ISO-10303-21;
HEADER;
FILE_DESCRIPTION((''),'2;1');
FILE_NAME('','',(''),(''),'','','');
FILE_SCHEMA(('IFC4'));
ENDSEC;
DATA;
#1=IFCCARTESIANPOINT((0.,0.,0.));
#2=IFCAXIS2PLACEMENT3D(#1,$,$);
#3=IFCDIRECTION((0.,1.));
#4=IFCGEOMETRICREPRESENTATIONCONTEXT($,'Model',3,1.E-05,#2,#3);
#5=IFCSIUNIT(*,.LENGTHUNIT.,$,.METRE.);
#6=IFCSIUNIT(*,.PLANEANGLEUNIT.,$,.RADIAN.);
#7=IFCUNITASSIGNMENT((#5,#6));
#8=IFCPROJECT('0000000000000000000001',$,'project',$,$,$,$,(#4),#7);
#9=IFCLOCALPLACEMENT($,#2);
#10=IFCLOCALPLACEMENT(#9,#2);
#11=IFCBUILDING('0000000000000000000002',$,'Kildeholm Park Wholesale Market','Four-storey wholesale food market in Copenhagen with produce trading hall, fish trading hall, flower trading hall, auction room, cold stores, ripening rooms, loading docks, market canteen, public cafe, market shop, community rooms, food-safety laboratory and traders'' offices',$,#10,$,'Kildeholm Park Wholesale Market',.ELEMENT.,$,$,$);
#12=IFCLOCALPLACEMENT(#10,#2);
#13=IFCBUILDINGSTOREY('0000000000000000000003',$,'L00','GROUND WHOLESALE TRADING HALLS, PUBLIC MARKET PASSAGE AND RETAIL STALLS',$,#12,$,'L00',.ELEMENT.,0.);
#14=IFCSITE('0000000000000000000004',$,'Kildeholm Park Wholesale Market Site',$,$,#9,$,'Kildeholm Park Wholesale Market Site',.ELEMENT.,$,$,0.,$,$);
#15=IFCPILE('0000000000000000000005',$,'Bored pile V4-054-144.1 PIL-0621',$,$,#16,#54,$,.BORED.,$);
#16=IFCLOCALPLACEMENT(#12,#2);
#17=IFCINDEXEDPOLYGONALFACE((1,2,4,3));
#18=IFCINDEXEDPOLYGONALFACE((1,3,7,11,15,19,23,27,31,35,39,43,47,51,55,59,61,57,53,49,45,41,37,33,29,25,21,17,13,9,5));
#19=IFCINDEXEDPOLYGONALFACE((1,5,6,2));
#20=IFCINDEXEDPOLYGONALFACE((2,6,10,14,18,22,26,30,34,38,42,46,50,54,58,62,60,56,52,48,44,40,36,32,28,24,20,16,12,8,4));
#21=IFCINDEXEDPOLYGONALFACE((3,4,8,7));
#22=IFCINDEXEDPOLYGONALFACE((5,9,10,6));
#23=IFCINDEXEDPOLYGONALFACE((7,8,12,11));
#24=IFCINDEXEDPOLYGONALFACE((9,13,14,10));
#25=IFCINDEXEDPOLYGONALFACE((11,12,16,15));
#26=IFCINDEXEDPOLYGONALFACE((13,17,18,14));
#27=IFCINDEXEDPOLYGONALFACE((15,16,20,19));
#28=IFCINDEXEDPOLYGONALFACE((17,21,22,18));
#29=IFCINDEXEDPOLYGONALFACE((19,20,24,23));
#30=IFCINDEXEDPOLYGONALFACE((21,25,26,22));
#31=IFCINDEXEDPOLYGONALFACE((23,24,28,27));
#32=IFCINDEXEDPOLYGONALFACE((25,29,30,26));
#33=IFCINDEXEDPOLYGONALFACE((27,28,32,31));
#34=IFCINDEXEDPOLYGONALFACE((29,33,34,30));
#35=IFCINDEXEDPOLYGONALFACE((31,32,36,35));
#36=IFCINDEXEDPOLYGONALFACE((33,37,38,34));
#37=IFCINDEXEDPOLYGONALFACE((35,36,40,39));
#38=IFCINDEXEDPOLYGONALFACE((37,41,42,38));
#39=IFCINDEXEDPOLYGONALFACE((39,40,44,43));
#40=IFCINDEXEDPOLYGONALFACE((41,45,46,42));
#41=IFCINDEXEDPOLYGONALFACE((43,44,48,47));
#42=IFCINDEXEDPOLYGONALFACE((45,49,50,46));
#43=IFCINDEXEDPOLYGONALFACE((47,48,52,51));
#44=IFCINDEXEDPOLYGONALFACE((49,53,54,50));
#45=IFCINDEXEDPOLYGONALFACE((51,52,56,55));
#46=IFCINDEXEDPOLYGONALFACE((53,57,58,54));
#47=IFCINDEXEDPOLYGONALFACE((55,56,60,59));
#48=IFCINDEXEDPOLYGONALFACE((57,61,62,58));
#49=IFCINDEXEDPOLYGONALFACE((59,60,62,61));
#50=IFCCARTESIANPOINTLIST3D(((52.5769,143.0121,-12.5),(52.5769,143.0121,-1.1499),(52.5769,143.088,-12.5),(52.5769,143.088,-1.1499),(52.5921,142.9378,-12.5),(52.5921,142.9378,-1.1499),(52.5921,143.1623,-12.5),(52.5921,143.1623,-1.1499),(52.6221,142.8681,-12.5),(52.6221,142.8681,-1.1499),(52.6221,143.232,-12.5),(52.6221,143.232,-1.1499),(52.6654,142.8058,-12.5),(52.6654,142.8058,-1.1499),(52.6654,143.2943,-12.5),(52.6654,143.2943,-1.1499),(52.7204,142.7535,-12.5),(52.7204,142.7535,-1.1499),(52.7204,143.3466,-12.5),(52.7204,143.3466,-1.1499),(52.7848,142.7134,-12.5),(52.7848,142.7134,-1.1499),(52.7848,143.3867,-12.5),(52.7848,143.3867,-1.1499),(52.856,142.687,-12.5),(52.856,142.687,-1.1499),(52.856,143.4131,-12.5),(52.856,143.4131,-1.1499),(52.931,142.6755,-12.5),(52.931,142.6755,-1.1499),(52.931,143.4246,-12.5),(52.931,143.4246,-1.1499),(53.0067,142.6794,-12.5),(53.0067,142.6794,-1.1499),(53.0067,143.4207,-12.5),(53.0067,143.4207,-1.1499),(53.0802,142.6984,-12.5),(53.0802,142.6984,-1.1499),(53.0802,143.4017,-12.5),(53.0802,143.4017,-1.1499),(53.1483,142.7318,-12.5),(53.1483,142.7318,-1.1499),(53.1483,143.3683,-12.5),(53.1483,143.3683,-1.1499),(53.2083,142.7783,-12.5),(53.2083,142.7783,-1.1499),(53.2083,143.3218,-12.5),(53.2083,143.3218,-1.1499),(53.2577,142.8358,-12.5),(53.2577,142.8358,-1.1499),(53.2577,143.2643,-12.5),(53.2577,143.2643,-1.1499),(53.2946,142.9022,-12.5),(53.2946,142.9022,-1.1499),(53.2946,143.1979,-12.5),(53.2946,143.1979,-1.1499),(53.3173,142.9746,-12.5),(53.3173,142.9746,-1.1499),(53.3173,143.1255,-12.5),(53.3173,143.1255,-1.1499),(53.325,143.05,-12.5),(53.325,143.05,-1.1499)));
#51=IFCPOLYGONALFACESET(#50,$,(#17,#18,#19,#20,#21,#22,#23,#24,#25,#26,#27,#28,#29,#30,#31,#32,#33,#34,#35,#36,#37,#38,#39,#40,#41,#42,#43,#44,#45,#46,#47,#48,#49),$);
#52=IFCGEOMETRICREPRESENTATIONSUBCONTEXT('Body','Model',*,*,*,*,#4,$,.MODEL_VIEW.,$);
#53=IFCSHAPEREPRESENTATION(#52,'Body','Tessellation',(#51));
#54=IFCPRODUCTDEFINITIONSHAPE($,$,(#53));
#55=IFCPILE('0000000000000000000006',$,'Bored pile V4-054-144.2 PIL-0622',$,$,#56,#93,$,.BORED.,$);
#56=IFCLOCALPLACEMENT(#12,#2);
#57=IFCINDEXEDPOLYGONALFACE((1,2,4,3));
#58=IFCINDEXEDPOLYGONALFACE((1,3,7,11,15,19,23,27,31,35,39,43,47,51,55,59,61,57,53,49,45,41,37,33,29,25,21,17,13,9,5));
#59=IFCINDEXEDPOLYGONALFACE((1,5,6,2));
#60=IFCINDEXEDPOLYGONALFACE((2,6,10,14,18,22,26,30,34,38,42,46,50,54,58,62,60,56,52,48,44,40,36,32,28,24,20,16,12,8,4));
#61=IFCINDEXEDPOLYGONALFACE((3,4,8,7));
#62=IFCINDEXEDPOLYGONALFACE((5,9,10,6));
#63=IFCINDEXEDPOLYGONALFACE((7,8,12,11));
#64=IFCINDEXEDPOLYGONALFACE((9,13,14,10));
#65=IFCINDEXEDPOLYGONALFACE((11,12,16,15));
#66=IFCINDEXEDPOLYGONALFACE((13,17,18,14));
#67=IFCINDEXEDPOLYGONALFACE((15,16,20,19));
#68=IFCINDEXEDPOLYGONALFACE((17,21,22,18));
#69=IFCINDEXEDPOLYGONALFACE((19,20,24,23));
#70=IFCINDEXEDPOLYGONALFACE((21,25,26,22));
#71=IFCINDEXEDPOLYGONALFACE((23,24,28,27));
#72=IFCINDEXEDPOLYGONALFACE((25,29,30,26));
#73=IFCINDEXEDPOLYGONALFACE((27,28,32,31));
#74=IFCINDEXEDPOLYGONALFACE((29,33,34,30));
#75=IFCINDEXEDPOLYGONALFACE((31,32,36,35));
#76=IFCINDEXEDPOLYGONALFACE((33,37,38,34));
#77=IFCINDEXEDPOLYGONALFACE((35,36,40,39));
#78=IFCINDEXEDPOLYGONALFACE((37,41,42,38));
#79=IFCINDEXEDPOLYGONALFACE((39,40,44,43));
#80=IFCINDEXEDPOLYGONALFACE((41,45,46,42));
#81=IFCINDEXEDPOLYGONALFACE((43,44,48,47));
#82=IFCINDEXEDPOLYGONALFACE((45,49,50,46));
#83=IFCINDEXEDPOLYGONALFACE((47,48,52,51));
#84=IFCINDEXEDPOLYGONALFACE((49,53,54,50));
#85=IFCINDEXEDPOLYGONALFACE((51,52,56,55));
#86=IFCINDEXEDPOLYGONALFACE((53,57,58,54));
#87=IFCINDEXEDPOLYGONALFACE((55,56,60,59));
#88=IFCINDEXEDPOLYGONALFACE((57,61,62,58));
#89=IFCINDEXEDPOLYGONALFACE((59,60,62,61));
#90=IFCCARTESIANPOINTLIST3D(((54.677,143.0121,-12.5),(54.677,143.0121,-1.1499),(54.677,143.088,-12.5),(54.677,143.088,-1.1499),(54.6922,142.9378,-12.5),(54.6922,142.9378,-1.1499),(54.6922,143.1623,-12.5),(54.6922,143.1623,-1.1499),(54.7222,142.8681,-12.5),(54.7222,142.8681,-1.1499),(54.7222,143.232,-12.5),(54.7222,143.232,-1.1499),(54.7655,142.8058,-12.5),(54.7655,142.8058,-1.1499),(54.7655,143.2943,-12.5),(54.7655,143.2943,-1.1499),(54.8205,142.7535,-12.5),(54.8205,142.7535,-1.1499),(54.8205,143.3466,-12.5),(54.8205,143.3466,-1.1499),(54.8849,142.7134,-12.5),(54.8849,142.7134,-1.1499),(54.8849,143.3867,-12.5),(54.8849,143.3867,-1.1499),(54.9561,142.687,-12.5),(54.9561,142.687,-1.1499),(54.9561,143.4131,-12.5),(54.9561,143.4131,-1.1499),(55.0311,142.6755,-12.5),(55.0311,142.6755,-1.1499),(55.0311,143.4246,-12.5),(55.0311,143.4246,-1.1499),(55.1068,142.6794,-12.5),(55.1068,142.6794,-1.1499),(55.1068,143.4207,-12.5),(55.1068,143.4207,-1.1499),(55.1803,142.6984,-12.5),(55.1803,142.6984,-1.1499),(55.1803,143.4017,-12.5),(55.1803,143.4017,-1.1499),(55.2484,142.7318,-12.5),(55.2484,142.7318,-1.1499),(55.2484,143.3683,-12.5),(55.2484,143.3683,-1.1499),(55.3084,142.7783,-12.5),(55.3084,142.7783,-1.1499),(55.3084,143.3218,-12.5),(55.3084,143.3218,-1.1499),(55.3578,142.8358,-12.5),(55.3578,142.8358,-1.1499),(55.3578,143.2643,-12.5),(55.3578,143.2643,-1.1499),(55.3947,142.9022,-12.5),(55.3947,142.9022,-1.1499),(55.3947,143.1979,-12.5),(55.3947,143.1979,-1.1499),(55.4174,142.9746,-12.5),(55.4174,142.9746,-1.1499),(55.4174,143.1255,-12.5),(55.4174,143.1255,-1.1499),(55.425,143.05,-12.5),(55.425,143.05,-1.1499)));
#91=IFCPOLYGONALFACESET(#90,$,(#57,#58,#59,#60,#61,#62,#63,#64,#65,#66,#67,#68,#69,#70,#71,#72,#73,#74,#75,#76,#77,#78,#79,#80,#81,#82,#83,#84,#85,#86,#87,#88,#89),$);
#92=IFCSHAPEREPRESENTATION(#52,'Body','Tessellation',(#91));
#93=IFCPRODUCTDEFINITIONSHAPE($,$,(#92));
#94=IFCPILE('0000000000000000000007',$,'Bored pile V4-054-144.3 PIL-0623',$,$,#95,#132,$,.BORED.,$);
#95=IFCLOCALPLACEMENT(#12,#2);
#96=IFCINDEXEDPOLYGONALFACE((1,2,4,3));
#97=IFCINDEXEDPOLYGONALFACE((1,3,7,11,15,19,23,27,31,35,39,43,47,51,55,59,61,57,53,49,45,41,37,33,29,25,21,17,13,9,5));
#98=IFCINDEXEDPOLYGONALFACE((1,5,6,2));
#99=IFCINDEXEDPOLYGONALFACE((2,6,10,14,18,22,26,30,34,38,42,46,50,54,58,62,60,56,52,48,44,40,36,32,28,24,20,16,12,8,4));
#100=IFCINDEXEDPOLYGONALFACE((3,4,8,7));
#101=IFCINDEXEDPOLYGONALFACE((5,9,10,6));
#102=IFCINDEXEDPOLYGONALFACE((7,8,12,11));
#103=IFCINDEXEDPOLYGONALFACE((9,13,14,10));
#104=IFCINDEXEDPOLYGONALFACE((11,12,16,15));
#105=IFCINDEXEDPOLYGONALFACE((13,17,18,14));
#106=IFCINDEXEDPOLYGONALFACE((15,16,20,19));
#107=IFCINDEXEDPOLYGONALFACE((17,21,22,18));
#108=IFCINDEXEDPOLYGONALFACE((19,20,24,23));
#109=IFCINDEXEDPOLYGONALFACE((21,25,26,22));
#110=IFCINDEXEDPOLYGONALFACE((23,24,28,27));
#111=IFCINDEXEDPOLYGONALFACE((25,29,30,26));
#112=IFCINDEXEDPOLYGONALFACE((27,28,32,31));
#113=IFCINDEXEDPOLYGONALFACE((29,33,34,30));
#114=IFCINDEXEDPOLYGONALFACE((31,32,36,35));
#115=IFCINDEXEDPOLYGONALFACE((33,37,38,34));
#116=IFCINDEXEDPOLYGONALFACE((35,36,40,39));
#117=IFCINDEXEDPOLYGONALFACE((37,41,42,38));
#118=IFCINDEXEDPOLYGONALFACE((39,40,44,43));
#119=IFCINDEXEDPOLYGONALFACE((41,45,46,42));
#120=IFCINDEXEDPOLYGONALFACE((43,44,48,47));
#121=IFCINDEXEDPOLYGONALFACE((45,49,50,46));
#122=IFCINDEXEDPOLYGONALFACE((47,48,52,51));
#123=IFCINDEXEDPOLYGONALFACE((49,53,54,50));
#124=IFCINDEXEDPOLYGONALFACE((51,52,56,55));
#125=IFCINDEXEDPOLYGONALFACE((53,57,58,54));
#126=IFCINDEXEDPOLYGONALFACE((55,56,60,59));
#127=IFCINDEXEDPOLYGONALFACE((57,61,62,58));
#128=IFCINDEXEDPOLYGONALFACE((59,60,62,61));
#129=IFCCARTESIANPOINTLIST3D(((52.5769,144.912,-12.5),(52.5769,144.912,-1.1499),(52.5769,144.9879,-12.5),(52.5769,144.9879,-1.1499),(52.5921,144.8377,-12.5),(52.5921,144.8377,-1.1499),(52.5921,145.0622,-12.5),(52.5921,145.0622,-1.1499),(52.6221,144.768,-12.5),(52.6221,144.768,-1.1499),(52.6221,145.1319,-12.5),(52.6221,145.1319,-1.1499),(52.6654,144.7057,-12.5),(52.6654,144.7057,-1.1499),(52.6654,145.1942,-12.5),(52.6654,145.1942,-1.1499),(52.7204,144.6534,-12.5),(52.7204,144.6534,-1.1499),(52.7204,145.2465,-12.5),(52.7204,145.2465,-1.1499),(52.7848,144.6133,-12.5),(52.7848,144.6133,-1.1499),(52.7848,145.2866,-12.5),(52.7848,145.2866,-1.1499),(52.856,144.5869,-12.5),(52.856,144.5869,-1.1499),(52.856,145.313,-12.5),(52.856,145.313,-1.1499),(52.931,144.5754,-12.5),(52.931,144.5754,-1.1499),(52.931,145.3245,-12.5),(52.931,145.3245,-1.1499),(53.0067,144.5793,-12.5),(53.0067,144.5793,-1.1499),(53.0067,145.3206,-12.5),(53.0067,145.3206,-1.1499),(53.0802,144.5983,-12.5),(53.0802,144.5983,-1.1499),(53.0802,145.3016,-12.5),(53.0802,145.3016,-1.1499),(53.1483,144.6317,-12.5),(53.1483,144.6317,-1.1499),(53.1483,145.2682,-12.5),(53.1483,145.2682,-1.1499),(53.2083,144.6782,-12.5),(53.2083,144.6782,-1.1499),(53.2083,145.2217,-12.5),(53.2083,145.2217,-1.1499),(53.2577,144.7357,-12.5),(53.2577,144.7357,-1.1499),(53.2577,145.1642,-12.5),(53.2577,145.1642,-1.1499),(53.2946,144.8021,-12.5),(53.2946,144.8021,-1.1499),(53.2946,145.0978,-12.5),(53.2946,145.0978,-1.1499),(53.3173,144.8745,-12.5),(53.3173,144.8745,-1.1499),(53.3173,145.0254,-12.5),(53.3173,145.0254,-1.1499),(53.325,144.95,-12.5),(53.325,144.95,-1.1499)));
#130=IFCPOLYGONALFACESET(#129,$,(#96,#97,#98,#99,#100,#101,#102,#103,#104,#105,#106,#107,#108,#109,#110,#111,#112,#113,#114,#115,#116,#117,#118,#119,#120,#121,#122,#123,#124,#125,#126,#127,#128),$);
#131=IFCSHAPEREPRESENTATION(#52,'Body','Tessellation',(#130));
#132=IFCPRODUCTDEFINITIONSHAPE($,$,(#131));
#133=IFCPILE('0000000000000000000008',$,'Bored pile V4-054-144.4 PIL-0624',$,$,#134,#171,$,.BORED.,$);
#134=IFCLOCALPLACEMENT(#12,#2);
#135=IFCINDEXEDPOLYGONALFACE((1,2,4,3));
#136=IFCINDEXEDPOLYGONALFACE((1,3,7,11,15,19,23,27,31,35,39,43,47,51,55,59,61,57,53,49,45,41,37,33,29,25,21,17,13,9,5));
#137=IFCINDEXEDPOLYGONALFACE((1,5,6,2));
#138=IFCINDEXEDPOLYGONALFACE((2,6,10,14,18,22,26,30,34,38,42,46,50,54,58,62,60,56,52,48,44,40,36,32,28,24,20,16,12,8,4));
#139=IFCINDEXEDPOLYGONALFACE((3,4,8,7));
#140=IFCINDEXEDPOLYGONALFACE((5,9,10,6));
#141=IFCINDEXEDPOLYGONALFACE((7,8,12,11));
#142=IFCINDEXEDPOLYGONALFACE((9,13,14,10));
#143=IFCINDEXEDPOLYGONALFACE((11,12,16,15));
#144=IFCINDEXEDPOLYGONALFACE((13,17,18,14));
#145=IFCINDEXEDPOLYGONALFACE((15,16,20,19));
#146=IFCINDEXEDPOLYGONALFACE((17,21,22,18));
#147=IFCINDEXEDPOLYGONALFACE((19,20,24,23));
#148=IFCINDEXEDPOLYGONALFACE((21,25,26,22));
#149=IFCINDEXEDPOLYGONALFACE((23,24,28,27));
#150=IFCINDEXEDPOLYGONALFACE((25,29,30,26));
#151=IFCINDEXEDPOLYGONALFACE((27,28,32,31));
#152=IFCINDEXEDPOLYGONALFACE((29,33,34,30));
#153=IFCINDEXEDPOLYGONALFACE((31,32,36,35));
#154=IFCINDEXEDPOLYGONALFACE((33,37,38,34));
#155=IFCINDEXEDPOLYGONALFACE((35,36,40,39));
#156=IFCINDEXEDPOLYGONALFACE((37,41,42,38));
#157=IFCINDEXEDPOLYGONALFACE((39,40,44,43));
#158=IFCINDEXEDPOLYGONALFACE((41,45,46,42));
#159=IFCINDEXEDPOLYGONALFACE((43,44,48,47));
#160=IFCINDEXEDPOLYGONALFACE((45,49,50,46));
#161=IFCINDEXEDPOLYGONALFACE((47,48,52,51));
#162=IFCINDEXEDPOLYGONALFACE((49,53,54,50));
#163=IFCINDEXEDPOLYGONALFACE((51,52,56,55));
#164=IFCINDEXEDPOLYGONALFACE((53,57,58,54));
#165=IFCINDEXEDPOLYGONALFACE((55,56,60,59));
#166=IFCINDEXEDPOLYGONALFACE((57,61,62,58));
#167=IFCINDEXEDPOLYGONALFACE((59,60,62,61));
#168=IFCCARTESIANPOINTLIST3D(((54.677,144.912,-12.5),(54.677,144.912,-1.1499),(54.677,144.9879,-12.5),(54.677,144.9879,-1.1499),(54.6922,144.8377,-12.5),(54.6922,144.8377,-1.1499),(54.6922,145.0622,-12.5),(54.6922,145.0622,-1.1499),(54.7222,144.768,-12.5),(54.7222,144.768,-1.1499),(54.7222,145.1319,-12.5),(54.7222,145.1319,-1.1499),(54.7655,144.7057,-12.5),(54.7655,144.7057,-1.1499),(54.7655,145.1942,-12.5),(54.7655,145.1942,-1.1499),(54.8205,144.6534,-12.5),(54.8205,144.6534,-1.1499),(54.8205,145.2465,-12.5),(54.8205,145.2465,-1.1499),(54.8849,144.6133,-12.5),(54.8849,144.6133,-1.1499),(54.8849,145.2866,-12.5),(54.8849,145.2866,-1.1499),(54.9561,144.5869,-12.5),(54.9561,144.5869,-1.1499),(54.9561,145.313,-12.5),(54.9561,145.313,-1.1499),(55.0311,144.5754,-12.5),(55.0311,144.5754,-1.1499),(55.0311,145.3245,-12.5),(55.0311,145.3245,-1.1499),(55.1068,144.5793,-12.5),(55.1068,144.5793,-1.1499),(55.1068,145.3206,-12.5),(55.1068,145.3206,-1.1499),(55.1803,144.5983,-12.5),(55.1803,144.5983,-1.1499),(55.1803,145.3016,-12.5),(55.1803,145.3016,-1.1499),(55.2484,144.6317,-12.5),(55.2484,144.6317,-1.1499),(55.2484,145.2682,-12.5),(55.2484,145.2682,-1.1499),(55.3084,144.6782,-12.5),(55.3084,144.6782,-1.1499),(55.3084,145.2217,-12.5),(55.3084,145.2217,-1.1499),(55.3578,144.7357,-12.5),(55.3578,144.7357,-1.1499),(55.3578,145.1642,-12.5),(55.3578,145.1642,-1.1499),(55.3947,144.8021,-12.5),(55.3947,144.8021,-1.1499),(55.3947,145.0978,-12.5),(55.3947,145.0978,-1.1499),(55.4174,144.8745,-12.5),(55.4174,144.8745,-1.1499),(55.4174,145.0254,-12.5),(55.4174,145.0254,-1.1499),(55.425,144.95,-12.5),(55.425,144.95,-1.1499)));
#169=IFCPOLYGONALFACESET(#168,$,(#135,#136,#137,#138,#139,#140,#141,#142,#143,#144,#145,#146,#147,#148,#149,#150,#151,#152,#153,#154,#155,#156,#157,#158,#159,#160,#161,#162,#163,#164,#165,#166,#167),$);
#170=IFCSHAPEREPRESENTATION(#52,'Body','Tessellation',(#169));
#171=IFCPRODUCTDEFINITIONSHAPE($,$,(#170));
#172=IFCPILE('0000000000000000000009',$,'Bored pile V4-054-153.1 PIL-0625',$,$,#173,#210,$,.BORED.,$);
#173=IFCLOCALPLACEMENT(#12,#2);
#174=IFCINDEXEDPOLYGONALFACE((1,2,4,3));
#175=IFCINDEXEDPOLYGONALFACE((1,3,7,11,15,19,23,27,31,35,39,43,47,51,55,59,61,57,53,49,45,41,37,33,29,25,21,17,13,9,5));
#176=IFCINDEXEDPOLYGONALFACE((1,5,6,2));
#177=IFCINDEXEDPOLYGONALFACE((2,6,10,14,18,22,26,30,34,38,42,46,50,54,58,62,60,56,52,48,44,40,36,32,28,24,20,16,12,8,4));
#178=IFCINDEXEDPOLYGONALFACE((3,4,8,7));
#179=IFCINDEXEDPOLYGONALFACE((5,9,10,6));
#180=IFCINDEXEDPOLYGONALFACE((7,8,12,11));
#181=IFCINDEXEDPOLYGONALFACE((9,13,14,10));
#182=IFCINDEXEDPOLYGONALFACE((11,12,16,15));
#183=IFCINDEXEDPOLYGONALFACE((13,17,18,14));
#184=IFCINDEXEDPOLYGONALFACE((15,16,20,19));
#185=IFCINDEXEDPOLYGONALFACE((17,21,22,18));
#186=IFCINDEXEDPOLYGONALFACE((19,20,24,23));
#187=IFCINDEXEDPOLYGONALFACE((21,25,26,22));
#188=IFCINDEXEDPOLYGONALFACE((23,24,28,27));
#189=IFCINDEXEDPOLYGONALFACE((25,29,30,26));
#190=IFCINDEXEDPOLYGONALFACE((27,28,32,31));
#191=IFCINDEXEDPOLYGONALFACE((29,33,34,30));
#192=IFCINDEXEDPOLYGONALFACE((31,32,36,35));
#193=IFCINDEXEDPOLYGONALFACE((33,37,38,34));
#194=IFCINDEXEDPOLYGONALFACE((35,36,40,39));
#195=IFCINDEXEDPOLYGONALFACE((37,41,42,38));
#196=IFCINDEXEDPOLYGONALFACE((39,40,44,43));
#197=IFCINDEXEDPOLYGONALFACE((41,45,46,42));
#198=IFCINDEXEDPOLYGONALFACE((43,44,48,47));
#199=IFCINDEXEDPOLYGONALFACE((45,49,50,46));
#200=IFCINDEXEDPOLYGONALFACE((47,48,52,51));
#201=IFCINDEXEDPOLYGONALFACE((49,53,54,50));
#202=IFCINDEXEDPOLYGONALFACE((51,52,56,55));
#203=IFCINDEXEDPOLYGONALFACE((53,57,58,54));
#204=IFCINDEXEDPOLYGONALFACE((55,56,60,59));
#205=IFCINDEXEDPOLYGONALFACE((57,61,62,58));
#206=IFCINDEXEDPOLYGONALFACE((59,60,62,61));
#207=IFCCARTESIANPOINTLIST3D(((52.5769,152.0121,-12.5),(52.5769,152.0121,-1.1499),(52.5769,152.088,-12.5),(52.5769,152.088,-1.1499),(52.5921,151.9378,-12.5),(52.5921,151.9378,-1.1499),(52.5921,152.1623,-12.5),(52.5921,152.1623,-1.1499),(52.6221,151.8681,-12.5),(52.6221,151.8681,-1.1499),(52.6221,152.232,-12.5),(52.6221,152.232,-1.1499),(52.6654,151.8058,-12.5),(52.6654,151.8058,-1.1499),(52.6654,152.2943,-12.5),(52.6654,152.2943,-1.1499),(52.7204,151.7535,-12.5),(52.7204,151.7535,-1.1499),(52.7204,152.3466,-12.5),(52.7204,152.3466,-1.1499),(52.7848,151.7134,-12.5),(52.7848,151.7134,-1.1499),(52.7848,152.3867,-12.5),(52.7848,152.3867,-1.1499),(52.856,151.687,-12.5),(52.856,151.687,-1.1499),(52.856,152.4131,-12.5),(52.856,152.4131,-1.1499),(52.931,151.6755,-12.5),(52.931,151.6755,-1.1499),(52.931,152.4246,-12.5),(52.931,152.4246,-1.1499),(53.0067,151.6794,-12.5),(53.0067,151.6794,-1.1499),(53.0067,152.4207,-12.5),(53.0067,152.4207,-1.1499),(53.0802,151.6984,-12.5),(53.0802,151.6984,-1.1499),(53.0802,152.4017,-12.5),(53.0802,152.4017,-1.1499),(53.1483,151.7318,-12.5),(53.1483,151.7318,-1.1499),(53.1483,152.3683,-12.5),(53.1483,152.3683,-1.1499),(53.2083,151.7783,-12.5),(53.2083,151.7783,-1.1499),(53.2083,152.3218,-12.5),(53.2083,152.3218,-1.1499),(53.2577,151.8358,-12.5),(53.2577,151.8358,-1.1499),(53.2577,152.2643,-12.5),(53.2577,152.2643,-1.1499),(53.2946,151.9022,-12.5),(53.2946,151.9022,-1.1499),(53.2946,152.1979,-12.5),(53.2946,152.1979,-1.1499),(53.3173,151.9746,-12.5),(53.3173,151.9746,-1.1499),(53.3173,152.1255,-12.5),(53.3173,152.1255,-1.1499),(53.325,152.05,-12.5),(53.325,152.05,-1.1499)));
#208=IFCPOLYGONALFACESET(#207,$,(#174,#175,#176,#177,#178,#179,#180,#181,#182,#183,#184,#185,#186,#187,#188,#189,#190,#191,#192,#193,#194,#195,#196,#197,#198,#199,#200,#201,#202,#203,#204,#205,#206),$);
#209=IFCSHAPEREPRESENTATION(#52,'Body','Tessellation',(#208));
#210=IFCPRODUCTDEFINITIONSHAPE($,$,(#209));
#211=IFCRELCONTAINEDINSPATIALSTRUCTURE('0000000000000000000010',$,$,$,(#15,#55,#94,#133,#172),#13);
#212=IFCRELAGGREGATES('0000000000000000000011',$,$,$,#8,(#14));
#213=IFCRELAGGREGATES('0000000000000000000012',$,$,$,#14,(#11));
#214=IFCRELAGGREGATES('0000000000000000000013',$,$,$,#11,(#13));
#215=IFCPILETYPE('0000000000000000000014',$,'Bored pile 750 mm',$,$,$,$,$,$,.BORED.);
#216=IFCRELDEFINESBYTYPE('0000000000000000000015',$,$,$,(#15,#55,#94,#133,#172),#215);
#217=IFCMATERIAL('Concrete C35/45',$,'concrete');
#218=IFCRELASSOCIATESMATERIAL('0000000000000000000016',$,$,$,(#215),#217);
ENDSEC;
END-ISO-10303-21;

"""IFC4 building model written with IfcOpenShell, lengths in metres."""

from ifc_helpers import new_model, si_unit, direction, frame, origin, origin_2d, place, context, subcontext, project, spatial, circle, extrude, material, material_profile, profile_set, type_object, element, save


model = new_model("IFC4")

# Units and contexts
model_context = context("Model", 3, precision=1e-05, world=origin(), true_north=direction((0.0, 1.0)))
body_context = subcontext(model_context, "Body", "Model", "MODEL_VIEW")
ifc_project = project(units=[si_unit("LENGTHUNIT", "METRE"), si_unit("PLANEANGLEUNIT", "RADIAN")], contexts=[model_context])

# Site, building, storey
site_placement = place(None, origin())
site = spatial("IfcSite", under=ifc_project, at=site_placement, Name="Kildeholm Park Wholesale Market Site", LongName="Kildeholm Park Wholesale Market Site", CompositionType="ELEMENT", RefElevation=0.0)
building_placement = place(site_placement, origin())
building = spatial("IfcBuilding", under=site, at=building_placement, Name="Kildeholm Park Wholesale Market", Description="Four-storey wholesale food market in Copenhagen with produce trading hall, fish trading hall, flower trading hall, auction room, cold stores, ripening rooms, loading docks, market canteen, public cafe, market shop, community rooms, food-safety laboratory and traders' offices", LongName="Kildeholm Park Wholesale Market", CompositionType="ELEMENT")
storey_placement = place(building_placement, origin())
storey = spatial("IfcBuildingStorey", under=building, at=storey_placement, Name="L00", Description="GROUND WHOLESALE TRADING HALLS, PUBLIC MARKET PASSAGE AND RETAIL STALLS", LongName="L00", CompositionType="ELEMENT", Elevation=0.0)

# Piles
ifc_material_1 = material(Name="Concrete C35/45", Category="concrete")
ifc_material_profile_1 = material_profile(ifc_material_1, circle(Radius=0.375, at=origin_2d()), Name="PILE D750")
ifc_profile_set_1 = profile_set([ifc_material_profile_1], Name="Concrete C35/45")
pile_type_1 = type_object("IfcPileType", Name="Bored pile 750 mm", PredefinedType="BORED", material=ifc_profile_set_1)
for number, where, z_axis, x_axis, name in (
    (1, (52.95, 143.05, -1.1499), (0.0, 0.0, -1.0), (1.0, 0.0, 0.0), "Bored pile V4-054-144.1 PIL-0621"),
    (2, (55.05, 143.05, -1.1499), (0.0, 0.0, -1.0), (1.0, 0.0, 0.0), "Bored pile V4-054-144.2 PIL-0622"),
    (3, (52.95, 144.95, -1.1499), (0.0, 0.0, -1.0), (1.0, 0.0, 0.0), "Bored pile V4-054-144.3 PIL-0623"),
    (4, (55.05, 144.95, -1.1499), (0.0, 0.0, -1.0), (1.0, 0.0, 0.0), "Bored pile V4-054-144.4 PIL-0624"),
    (5, (52.95, 152.05, -1.1499), (0.0, 0.0, -1.0), (1.0, 0.0, 0.0), "Bored pile V4-054-153.1 PIL-0625"),
):
    element("IfcPile", number, at=place(storey_placement, frame(where, z_axis=z_axis, x_axis=x_axis)), inside=storey, type_object=pile_type_1, Name=name, PredefinedType="BORED", context=body_context, shape_type="SweptSolid", body=[
        extrude(circle(Radius=0.375, at=origin_2d()), origin(), (0.0, 0.0, 1.0), 11.3501),
    ])

save(model, "model.ifc")
